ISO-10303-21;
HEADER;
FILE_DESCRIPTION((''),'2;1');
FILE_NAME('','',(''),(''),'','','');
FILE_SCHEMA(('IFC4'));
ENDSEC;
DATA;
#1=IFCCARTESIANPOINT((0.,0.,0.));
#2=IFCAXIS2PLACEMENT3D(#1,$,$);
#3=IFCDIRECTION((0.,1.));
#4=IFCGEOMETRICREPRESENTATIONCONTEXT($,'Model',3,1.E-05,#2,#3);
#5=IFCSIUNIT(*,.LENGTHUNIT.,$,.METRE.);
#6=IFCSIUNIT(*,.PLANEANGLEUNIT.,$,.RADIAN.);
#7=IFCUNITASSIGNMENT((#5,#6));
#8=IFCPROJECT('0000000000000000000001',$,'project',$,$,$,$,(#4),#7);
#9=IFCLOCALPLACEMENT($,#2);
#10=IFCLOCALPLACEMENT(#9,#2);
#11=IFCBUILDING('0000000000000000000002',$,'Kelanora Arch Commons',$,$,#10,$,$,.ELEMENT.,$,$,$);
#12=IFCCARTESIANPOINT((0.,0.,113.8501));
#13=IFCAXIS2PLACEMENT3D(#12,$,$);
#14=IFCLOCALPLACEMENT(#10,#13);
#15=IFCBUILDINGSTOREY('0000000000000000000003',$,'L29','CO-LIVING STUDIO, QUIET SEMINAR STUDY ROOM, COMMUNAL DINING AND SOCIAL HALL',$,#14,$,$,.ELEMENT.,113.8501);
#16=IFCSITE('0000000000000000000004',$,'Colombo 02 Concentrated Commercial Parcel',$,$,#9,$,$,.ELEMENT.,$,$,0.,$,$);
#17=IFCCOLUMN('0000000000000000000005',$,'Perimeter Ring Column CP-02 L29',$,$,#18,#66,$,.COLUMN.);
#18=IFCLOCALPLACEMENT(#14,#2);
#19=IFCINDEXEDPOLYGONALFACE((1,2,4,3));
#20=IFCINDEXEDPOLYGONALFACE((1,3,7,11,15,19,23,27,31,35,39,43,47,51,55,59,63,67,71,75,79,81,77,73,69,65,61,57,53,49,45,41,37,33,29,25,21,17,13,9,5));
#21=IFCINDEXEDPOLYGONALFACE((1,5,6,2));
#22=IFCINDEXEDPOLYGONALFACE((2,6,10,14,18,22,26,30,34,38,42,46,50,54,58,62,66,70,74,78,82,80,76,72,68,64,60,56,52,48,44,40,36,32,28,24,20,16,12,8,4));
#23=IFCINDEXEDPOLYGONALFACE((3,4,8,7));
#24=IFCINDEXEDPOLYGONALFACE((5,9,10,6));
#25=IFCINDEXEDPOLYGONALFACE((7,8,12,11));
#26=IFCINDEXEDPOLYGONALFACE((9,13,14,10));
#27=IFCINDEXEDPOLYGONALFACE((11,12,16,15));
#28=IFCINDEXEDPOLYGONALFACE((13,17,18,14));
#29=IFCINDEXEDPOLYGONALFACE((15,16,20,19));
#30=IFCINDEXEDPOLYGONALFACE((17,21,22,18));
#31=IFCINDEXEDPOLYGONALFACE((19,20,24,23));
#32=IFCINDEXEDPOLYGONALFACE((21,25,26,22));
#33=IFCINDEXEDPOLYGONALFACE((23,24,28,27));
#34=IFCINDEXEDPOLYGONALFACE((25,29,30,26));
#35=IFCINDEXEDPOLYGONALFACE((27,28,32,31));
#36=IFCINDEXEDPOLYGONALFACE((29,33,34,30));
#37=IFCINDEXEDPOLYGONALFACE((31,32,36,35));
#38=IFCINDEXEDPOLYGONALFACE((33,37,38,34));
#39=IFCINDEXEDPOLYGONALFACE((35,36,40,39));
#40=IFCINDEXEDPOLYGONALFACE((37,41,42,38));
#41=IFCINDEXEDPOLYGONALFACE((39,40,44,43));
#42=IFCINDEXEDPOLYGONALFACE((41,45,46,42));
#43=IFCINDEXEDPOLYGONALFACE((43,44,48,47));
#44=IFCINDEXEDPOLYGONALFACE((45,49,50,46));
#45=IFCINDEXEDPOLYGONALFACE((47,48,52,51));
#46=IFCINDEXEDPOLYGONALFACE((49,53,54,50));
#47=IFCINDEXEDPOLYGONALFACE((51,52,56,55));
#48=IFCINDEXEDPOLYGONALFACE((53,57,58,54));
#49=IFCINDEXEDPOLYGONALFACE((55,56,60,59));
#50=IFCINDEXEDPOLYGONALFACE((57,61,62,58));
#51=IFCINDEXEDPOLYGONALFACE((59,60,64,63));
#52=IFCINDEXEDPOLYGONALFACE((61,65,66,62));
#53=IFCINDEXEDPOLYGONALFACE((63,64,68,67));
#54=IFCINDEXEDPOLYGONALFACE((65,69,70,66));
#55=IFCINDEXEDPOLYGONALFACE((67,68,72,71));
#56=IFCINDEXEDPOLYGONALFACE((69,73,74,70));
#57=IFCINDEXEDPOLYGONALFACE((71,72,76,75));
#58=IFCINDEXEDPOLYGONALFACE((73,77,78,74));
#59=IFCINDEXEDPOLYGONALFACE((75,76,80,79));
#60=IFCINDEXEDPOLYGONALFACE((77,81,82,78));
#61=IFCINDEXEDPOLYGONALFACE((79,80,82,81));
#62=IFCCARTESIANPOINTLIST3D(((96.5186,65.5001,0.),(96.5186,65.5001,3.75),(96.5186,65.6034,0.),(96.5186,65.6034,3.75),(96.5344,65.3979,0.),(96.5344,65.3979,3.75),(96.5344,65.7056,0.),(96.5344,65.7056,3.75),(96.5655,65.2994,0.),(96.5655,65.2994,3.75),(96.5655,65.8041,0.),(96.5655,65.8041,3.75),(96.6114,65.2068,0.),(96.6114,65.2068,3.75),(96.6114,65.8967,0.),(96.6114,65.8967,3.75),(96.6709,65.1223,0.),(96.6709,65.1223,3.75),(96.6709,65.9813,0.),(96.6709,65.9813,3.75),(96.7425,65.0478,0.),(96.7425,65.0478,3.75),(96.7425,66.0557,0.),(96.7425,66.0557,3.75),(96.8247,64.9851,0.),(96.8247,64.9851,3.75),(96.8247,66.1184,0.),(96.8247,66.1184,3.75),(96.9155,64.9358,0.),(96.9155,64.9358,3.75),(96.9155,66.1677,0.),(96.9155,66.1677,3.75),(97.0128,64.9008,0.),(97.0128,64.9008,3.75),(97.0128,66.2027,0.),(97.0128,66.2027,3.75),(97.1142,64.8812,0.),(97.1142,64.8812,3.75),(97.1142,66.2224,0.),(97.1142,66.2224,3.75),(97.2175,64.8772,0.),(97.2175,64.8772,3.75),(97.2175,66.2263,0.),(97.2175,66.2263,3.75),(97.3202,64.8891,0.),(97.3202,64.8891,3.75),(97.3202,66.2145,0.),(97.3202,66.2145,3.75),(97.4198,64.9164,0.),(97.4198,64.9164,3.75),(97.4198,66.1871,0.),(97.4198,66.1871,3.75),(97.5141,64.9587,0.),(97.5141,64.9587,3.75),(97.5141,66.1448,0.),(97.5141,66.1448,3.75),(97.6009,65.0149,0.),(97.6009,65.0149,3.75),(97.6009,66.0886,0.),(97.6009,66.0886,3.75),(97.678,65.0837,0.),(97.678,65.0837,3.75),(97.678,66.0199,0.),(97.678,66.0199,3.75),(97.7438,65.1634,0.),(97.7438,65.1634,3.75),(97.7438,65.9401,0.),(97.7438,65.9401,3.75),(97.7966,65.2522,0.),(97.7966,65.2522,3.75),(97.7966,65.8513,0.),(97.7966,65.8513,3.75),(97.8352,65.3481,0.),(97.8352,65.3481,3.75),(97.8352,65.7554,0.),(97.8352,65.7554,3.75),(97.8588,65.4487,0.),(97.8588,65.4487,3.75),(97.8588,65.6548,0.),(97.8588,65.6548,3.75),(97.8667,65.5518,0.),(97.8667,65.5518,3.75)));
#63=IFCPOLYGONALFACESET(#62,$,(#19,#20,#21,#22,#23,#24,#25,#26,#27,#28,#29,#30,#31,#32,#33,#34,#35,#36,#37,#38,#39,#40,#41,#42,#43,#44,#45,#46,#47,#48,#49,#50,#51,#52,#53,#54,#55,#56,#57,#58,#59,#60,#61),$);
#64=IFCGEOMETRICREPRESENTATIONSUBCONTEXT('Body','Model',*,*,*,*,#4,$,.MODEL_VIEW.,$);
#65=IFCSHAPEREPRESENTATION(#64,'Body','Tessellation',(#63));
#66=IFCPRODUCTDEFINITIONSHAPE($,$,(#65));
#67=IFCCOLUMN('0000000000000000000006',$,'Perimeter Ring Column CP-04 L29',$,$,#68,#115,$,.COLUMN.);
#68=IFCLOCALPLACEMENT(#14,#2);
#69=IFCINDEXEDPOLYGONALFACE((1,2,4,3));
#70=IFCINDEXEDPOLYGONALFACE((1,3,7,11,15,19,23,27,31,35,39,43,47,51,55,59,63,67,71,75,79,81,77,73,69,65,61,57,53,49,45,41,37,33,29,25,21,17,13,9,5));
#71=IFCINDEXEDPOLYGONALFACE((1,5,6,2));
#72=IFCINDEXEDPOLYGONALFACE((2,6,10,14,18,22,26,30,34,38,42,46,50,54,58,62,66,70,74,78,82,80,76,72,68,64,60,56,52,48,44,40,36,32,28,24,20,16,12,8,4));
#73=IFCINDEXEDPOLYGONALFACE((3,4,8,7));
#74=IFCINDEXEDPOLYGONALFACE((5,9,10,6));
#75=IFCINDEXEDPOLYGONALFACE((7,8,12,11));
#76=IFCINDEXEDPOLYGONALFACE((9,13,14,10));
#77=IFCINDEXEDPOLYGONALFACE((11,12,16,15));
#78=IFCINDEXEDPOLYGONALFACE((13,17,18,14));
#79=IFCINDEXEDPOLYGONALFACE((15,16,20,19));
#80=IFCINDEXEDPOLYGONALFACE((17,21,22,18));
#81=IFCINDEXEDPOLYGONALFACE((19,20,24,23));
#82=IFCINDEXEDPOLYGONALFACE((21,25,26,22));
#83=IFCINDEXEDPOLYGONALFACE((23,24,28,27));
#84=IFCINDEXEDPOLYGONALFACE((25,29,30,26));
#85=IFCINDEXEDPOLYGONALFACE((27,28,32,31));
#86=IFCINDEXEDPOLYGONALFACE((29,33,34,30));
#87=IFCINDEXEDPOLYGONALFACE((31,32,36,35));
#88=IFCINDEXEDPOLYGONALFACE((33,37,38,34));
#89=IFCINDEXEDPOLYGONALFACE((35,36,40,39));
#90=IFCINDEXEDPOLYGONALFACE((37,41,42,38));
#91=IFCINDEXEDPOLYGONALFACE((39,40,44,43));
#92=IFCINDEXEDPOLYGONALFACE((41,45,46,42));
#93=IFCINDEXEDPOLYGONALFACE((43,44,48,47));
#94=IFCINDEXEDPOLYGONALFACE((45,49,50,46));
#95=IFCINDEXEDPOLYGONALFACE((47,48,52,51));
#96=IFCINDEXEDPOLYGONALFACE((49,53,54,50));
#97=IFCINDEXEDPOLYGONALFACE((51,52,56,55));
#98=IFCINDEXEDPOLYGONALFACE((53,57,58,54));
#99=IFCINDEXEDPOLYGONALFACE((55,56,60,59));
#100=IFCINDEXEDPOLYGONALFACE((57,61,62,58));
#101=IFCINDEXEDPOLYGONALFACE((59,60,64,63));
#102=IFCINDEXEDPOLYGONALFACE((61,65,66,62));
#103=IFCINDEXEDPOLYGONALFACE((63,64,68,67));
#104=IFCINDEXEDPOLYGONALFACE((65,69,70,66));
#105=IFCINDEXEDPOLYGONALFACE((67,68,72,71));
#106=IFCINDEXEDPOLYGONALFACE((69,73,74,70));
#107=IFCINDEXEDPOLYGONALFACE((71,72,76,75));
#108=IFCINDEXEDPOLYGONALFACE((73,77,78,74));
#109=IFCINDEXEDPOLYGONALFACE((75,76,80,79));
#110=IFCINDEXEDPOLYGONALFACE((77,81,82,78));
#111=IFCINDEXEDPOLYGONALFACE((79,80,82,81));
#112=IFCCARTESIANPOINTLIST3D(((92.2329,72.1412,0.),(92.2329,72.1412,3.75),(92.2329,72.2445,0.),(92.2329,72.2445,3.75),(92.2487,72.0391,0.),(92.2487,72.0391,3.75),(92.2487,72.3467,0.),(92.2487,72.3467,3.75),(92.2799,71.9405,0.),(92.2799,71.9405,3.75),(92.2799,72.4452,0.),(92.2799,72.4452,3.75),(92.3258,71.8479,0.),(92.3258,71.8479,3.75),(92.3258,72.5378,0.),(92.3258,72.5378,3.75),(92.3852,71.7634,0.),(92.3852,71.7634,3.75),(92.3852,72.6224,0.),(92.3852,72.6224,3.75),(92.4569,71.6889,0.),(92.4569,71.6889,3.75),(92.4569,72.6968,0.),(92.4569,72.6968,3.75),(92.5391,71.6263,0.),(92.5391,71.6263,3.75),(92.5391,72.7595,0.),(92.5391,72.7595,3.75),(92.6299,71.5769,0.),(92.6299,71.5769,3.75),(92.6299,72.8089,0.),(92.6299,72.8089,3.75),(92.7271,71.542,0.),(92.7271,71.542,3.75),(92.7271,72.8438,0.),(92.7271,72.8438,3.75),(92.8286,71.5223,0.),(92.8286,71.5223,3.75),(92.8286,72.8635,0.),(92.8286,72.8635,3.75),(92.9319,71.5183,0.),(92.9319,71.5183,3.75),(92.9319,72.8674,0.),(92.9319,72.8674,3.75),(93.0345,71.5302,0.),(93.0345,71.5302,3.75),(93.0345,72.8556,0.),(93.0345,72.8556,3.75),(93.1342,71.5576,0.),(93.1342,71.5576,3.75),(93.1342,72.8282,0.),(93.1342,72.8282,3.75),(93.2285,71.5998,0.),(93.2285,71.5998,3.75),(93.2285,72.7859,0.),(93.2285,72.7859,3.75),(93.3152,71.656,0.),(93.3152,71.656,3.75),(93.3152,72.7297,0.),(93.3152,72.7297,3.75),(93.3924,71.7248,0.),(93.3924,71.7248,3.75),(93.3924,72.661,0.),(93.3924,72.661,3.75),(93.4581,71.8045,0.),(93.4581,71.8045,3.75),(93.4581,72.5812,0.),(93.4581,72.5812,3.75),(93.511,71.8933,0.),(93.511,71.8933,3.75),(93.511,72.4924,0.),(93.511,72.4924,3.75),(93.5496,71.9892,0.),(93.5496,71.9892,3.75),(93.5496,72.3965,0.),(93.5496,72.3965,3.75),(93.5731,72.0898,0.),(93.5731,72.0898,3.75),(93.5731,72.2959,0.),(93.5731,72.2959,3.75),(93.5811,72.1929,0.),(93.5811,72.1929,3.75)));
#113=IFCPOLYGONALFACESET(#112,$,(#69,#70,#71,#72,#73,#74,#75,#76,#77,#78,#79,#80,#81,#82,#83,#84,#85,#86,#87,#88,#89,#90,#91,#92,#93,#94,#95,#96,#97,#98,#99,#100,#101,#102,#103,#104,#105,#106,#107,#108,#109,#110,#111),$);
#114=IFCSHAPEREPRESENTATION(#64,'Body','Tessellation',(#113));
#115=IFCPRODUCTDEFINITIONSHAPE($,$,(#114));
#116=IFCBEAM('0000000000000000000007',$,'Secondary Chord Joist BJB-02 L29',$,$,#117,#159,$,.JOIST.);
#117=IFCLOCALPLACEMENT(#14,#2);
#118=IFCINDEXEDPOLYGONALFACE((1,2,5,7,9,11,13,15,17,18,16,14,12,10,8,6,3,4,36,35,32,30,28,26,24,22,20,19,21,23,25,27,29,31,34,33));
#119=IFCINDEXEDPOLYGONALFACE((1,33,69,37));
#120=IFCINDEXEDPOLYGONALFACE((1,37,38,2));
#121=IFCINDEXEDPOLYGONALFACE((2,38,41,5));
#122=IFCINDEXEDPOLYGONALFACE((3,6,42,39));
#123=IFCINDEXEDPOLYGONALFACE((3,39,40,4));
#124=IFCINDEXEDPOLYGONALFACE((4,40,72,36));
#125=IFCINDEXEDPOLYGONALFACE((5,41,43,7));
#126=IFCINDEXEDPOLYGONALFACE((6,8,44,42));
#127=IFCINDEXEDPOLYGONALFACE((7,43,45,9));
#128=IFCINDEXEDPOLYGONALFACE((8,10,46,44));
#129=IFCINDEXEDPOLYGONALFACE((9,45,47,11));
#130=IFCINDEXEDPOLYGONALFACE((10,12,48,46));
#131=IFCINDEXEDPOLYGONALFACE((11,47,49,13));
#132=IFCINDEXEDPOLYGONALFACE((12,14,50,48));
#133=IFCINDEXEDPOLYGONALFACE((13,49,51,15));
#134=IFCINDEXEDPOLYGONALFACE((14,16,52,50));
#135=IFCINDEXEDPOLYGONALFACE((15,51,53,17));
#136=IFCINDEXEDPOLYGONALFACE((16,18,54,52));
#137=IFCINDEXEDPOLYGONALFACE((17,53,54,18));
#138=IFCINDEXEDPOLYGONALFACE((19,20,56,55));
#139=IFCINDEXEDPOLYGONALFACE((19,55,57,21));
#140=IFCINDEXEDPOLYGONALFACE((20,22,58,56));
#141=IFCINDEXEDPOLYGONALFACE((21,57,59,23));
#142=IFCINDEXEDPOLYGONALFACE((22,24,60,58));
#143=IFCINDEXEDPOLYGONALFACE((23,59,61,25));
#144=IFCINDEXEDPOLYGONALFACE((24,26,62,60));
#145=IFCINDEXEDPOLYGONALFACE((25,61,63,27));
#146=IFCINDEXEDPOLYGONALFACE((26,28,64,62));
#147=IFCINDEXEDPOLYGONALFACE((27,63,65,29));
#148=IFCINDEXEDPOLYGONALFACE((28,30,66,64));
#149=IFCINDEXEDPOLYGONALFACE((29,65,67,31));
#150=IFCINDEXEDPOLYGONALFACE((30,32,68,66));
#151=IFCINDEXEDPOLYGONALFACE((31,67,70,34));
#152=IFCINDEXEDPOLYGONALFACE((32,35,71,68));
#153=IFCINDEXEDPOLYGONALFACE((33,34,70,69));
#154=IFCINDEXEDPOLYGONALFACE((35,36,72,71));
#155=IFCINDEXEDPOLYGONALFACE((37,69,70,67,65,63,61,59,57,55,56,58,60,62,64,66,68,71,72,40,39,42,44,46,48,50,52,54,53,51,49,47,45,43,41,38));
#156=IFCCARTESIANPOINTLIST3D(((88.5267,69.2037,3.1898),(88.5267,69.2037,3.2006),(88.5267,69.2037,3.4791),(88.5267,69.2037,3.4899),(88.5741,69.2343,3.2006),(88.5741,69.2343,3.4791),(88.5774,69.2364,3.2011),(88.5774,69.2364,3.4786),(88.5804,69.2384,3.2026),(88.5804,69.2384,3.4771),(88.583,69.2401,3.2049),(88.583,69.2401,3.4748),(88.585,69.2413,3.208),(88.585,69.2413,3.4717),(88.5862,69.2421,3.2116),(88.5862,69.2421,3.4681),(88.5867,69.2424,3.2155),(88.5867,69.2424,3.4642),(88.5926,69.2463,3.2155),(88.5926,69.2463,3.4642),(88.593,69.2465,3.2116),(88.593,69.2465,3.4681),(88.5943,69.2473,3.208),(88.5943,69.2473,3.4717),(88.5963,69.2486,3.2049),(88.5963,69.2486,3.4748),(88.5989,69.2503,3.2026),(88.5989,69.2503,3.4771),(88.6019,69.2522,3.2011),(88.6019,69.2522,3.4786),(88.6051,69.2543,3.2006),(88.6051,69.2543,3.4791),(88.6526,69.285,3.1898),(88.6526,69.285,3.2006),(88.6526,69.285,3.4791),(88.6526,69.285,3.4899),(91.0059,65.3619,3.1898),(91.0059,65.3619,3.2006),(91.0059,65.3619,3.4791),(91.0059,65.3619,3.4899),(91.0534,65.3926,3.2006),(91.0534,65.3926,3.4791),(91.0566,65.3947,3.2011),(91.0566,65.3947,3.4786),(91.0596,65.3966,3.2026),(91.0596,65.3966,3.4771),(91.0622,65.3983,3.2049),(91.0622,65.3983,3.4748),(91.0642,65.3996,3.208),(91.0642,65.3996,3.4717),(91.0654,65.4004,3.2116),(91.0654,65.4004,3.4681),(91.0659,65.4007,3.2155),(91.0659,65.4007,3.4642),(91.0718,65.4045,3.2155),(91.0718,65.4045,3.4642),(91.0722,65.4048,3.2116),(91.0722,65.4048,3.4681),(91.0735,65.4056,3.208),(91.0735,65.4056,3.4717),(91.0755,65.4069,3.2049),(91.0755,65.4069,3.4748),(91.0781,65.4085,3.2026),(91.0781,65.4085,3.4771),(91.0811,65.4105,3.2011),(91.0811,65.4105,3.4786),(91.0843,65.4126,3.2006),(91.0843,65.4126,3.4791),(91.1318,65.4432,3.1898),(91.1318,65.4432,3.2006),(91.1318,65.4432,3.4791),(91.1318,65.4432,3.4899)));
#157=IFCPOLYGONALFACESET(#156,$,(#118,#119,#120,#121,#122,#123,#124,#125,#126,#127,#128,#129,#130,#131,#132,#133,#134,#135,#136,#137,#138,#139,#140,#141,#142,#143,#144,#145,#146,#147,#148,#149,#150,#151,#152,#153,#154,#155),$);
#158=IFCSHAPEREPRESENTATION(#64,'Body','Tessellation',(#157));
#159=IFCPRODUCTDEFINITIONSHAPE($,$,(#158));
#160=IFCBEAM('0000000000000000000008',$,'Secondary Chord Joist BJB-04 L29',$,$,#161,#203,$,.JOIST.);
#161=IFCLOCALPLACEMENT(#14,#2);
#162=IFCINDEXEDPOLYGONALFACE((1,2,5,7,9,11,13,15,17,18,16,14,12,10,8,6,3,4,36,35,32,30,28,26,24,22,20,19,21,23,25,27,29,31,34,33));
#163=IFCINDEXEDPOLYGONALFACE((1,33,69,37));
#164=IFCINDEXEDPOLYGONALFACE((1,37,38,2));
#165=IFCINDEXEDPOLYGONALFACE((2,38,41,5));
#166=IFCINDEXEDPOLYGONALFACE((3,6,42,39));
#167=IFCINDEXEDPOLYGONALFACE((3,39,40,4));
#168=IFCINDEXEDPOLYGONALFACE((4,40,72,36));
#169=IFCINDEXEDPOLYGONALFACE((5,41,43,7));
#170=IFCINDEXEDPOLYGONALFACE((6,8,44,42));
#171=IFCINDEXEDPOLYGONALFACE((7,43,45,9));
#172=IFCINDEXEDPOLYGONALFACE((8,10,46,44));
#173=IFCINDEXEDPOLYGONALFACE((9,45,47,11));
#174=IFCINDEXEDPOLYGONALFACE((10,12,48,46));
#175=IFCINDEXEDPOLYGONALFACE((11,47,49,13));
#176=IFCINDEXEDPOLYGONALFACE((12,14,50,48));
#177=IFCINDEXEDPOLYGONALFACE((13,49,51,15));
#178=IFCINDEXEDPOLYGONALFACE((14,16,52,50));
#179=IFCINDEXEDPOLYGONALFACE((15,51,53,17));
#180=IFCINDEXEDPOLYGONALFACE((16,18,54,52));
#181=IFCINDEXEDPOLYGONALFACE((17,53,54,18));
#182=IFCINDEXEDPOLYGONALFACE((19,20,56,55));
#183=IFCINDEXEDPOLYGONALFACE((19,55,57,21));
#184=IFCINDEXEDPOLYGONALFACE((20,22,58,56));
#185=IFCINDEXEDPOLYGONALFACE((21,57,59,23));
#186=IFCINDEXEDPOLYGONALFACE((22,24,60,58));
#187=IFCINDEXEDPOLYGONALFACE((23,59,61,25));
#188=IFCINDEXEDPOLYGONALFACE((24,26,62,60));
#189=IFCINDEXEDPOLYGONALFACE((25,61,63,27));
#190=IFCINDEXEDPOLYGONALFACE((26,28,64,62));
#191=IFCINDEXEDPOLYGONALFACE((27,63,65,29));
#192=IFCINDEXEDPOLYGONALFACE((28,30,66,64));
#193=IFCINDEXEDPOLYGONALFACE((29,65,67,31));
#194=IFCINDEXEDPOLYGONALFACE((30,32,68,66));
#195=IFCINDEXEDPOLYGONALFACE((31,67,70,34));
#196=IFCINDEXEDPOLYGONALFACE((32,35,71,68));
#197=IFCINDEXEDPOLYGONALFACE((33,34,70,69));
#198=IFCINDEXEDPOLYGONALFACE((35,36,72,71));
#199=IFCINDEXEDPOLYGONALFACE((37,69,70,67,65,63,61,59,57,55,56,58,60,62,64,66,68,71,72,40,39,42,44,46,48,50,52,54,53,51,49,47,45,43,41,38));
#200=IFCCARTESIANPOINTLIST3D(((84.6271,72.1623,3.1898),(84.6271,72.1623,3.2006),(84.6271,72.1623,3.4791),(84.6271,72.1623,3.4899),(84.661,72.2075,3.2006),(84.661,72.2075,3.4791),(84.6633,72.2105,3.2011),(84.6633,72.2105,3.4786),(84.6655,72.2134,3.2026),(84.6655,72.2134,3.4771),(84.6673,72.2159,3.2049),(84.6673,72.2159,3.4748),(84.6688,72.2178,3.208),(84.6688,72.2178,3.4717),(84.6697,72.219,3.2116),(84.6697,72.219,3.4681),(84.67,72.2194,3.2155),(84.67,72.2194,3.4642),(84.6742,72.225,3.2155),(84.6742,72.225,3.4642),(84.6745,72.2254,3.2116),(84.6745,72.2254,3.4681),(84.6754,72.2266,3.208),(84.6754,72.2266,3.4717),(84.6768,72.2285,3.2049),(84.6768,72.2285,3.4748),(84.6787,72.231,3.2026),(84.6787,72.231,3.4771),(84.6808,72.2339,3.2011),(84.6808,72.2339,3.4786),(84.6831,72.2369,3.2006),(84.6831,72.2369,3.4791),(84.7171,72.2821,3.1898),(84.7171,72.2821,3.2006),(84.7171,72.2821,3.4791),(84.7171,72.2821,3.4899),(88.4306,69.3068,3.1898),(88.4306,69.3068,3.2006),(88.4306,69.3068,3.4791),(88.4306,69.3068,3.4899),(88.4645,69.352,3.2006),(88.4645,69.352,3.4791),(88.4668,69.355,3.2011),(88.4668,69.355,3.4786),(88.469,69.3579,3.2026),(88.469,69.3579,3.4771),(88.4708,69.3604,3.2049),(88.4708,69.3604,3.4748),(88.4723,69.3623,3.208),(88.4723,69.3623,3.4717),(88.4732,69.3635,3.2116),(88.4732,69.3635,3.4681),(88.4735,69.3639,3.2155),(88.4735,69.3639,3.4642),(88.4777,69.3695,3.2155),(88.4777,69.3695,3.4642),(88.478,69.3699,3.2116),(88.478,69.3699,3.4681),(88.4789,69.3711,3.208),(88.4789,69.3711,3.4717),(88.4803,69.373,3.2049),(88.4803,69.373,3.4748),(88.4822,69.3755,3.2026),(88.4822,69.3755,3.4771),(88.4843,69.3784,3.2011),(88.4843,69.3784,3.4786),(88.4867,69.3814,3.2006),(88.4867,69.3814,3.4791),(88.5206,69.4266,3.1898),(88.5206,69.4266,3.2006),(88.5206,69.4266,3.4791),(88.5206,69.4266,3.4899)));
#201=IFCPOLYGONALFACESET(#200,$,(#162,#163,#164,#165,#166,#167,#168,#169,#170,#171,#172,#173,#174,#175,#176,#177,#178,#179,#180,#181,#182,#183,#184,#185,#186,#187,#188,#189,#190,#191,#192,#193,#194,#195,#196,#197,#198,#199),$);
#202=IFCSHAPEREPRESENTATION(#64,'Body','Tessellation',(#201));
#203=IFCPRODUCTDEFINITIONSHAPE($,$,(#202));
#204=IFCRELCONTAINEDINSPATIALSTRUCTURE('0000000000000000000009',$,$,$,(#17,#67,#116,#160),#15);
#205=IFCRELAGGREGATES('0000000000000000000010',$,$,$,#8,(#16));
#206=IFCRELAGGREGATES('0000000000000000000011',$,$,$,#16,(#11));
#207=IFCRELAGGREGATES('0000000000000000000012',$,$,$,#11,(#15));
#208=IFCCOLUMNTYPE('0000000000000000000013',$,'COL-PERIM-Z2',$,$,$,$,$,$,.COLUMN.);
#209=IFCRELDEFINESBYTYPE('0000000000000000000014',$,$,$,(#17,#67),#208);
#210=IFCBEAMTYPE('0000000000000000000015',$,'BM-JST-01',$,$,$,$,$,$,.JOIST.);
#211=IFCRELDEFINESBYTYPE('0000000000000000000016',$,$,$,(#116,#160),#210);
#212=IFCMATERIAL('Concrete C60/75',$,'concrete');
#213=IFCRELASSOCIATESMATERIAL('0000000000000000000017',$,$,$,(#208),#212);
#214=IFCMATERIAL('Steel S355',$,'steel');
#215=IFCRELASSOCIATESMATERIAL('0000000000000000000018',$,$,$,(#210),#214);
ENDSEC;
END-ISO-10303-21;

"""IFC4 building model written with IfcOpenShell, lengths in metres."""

from ifc_helpers import new_model, si_unit, direction, frame, origin, origin_2d, place, context, subcontext, project, spatial, circle, i_section, extrude, material, material_profile, profile_set, type_object, element, save


model = new_model("IFC4")

# Units and contexts
model_context = context("Model", 3, precision=1e-05, world=origin(), true_north=direction((0.0, 1.0)))
body_context = subcontext(model_context, "Body", "Model", "MODEL_VIEW")
ifc_project = project(units=[si_unit("LENGTHUNIT", "METRE"), si_unit("PLANEANGLEUNIT", "RADIAN")], contexts=[model_context])

# Site, building, storey
site_placement = place(None, origin())
site = spatial("IfcSite", under=ifc_project, at=site_placement, Name="Colombo 02 Concentrated Commercial Parcel", CompositionType="ELEMENT", RefElevation=0.0)
building_placement = place(site_placement, origin())
building = spatial("IfcBuilding", under=site, at=building_placement, Name="Kelanora Arch Commons", CompositionType="ELEMENT")
storey_placement = place(building_placement, frame((0.0, 0.0, 113.8501)))
storey = spatial("IfcBuildingStorey", under=building, at=storey_placement, Name="L29", Description="CO-LIVING STUDIO, QUIET SEMINAR STUDY ROOM, COMMUNAL DINING AND SOCIAL HALL", CompositionType="ELEMENT", Elevation=113.8501)

# Columns
ifc_material_1 = material(Name="Concrete C60/75", Category="concrete")
ifc_material_profile_1 = material_profile(ifc_material_1, circle(Radius=0.675, at=origin_2d()), Name="RCC1350")
ifc_profile_set_1 = profile_set([ifc_material_profile_1], Name="Concrete C60/75")
column_type = type_object("IfcColumnType", Name="COL-PERIM-Z2", PredefinedType="COLUMN", material=ifc_profile_set_1)
for number, where, z_axis, x_axis, name in (
    (1, (97.1917, 65.5518, 0.0), (0.0, 0.0, 1.0), (1.0, 0.0, 0.0), "Perimeter Ring Column CP-02 L29"),
    (2, (92.906, 72.1929, 0.0), (0.0, 0.0, 1.0), (1.0, 0.0, 0.0), "Perimeter Ring Column CP-04 L29"),
):
    element("IfcColumn", number, at=place(storey_placement, frame(where, z_axis=z_axis, x_axis=x_axis)), inside=storey, type_object=column_type, Name=name, PredefinedType="COLUMN", context=body_context, shape_type="SweptSolid", body=[
        extrude(circle(Radius=0.675, at=origin_2d()), origin(), (0.0, 0.0, 1.0), 3.75),
    ])

# Beams
ifc_material_2 = material(Name="Steel S355", Category="steel")
ifc_material_profile_2 = material_profile(ifc_material_2, i_section(OverallWidth=0.1499, OverallDepth=0.3, WebThickness=0.0071, FlangeThickness=0.0107, FilletRadius=0.0149, at=origin_2d()), Name="IPE300")
ifc_profile_set_2 = profile_set([ifc_material_profile_2], Name="Steel S355")
beam_type_1 = type_object("IfcBeamType", Name="BM-JST-01", PredefinedType="JOIST", material=ifc_profile_set_2)
beam_1_placement = place(storey_placement, frame((91.0688, 65.4026, 3.3398), z_axis=(-0.54223, 0.84023, 0.0), x_axis=(-0.84023, -0.54223, 0.0)))
element("IfcBeam", 3, at=beam_1_placement, inside=storey, type_object=beam_type_1, Name="Secondary Chord Joist BJB-02 L29", PredefinedType="JOIST", context=body_context, shape_type="SweptSolid", body=[
    extrude(i_section(OverallWidth=0.1499, OverallDepth=0.3, WebThickness=0.0071, FlangeThickness=0.0107, FilletRadius=0.0149, at=origin_2d()), origin(), (0.0, 0.0, 1.0), 4.5723),
])
beam_2_placement = place(storey_placement, frame((88.4756, 69.3667, 3.3398), z_axis=(-0.79971, 0.600386, 0.0), x_axis=(-0.600386, -0.79971, 0.0)))
element("IfcBeam", 4, at=beam_2_placement, inside=storey, type_object=beam_type_1, Name="Secondary Chord Joist BJB-04 L29", PredefinedType="JOIST", context=body_context, shape_type="SweptSolid", body=[
    extrude(i_section(OverallWidth=0.1499, OverallDepth=0.3, WebThickness=0.0071, FlangeThickness=0.0107, FilletRadius=0.0149, at=origin_2d()), origin(), (0.0, 0.0, 1.0), 4.7561),
])

save(model, "model.ifc")
